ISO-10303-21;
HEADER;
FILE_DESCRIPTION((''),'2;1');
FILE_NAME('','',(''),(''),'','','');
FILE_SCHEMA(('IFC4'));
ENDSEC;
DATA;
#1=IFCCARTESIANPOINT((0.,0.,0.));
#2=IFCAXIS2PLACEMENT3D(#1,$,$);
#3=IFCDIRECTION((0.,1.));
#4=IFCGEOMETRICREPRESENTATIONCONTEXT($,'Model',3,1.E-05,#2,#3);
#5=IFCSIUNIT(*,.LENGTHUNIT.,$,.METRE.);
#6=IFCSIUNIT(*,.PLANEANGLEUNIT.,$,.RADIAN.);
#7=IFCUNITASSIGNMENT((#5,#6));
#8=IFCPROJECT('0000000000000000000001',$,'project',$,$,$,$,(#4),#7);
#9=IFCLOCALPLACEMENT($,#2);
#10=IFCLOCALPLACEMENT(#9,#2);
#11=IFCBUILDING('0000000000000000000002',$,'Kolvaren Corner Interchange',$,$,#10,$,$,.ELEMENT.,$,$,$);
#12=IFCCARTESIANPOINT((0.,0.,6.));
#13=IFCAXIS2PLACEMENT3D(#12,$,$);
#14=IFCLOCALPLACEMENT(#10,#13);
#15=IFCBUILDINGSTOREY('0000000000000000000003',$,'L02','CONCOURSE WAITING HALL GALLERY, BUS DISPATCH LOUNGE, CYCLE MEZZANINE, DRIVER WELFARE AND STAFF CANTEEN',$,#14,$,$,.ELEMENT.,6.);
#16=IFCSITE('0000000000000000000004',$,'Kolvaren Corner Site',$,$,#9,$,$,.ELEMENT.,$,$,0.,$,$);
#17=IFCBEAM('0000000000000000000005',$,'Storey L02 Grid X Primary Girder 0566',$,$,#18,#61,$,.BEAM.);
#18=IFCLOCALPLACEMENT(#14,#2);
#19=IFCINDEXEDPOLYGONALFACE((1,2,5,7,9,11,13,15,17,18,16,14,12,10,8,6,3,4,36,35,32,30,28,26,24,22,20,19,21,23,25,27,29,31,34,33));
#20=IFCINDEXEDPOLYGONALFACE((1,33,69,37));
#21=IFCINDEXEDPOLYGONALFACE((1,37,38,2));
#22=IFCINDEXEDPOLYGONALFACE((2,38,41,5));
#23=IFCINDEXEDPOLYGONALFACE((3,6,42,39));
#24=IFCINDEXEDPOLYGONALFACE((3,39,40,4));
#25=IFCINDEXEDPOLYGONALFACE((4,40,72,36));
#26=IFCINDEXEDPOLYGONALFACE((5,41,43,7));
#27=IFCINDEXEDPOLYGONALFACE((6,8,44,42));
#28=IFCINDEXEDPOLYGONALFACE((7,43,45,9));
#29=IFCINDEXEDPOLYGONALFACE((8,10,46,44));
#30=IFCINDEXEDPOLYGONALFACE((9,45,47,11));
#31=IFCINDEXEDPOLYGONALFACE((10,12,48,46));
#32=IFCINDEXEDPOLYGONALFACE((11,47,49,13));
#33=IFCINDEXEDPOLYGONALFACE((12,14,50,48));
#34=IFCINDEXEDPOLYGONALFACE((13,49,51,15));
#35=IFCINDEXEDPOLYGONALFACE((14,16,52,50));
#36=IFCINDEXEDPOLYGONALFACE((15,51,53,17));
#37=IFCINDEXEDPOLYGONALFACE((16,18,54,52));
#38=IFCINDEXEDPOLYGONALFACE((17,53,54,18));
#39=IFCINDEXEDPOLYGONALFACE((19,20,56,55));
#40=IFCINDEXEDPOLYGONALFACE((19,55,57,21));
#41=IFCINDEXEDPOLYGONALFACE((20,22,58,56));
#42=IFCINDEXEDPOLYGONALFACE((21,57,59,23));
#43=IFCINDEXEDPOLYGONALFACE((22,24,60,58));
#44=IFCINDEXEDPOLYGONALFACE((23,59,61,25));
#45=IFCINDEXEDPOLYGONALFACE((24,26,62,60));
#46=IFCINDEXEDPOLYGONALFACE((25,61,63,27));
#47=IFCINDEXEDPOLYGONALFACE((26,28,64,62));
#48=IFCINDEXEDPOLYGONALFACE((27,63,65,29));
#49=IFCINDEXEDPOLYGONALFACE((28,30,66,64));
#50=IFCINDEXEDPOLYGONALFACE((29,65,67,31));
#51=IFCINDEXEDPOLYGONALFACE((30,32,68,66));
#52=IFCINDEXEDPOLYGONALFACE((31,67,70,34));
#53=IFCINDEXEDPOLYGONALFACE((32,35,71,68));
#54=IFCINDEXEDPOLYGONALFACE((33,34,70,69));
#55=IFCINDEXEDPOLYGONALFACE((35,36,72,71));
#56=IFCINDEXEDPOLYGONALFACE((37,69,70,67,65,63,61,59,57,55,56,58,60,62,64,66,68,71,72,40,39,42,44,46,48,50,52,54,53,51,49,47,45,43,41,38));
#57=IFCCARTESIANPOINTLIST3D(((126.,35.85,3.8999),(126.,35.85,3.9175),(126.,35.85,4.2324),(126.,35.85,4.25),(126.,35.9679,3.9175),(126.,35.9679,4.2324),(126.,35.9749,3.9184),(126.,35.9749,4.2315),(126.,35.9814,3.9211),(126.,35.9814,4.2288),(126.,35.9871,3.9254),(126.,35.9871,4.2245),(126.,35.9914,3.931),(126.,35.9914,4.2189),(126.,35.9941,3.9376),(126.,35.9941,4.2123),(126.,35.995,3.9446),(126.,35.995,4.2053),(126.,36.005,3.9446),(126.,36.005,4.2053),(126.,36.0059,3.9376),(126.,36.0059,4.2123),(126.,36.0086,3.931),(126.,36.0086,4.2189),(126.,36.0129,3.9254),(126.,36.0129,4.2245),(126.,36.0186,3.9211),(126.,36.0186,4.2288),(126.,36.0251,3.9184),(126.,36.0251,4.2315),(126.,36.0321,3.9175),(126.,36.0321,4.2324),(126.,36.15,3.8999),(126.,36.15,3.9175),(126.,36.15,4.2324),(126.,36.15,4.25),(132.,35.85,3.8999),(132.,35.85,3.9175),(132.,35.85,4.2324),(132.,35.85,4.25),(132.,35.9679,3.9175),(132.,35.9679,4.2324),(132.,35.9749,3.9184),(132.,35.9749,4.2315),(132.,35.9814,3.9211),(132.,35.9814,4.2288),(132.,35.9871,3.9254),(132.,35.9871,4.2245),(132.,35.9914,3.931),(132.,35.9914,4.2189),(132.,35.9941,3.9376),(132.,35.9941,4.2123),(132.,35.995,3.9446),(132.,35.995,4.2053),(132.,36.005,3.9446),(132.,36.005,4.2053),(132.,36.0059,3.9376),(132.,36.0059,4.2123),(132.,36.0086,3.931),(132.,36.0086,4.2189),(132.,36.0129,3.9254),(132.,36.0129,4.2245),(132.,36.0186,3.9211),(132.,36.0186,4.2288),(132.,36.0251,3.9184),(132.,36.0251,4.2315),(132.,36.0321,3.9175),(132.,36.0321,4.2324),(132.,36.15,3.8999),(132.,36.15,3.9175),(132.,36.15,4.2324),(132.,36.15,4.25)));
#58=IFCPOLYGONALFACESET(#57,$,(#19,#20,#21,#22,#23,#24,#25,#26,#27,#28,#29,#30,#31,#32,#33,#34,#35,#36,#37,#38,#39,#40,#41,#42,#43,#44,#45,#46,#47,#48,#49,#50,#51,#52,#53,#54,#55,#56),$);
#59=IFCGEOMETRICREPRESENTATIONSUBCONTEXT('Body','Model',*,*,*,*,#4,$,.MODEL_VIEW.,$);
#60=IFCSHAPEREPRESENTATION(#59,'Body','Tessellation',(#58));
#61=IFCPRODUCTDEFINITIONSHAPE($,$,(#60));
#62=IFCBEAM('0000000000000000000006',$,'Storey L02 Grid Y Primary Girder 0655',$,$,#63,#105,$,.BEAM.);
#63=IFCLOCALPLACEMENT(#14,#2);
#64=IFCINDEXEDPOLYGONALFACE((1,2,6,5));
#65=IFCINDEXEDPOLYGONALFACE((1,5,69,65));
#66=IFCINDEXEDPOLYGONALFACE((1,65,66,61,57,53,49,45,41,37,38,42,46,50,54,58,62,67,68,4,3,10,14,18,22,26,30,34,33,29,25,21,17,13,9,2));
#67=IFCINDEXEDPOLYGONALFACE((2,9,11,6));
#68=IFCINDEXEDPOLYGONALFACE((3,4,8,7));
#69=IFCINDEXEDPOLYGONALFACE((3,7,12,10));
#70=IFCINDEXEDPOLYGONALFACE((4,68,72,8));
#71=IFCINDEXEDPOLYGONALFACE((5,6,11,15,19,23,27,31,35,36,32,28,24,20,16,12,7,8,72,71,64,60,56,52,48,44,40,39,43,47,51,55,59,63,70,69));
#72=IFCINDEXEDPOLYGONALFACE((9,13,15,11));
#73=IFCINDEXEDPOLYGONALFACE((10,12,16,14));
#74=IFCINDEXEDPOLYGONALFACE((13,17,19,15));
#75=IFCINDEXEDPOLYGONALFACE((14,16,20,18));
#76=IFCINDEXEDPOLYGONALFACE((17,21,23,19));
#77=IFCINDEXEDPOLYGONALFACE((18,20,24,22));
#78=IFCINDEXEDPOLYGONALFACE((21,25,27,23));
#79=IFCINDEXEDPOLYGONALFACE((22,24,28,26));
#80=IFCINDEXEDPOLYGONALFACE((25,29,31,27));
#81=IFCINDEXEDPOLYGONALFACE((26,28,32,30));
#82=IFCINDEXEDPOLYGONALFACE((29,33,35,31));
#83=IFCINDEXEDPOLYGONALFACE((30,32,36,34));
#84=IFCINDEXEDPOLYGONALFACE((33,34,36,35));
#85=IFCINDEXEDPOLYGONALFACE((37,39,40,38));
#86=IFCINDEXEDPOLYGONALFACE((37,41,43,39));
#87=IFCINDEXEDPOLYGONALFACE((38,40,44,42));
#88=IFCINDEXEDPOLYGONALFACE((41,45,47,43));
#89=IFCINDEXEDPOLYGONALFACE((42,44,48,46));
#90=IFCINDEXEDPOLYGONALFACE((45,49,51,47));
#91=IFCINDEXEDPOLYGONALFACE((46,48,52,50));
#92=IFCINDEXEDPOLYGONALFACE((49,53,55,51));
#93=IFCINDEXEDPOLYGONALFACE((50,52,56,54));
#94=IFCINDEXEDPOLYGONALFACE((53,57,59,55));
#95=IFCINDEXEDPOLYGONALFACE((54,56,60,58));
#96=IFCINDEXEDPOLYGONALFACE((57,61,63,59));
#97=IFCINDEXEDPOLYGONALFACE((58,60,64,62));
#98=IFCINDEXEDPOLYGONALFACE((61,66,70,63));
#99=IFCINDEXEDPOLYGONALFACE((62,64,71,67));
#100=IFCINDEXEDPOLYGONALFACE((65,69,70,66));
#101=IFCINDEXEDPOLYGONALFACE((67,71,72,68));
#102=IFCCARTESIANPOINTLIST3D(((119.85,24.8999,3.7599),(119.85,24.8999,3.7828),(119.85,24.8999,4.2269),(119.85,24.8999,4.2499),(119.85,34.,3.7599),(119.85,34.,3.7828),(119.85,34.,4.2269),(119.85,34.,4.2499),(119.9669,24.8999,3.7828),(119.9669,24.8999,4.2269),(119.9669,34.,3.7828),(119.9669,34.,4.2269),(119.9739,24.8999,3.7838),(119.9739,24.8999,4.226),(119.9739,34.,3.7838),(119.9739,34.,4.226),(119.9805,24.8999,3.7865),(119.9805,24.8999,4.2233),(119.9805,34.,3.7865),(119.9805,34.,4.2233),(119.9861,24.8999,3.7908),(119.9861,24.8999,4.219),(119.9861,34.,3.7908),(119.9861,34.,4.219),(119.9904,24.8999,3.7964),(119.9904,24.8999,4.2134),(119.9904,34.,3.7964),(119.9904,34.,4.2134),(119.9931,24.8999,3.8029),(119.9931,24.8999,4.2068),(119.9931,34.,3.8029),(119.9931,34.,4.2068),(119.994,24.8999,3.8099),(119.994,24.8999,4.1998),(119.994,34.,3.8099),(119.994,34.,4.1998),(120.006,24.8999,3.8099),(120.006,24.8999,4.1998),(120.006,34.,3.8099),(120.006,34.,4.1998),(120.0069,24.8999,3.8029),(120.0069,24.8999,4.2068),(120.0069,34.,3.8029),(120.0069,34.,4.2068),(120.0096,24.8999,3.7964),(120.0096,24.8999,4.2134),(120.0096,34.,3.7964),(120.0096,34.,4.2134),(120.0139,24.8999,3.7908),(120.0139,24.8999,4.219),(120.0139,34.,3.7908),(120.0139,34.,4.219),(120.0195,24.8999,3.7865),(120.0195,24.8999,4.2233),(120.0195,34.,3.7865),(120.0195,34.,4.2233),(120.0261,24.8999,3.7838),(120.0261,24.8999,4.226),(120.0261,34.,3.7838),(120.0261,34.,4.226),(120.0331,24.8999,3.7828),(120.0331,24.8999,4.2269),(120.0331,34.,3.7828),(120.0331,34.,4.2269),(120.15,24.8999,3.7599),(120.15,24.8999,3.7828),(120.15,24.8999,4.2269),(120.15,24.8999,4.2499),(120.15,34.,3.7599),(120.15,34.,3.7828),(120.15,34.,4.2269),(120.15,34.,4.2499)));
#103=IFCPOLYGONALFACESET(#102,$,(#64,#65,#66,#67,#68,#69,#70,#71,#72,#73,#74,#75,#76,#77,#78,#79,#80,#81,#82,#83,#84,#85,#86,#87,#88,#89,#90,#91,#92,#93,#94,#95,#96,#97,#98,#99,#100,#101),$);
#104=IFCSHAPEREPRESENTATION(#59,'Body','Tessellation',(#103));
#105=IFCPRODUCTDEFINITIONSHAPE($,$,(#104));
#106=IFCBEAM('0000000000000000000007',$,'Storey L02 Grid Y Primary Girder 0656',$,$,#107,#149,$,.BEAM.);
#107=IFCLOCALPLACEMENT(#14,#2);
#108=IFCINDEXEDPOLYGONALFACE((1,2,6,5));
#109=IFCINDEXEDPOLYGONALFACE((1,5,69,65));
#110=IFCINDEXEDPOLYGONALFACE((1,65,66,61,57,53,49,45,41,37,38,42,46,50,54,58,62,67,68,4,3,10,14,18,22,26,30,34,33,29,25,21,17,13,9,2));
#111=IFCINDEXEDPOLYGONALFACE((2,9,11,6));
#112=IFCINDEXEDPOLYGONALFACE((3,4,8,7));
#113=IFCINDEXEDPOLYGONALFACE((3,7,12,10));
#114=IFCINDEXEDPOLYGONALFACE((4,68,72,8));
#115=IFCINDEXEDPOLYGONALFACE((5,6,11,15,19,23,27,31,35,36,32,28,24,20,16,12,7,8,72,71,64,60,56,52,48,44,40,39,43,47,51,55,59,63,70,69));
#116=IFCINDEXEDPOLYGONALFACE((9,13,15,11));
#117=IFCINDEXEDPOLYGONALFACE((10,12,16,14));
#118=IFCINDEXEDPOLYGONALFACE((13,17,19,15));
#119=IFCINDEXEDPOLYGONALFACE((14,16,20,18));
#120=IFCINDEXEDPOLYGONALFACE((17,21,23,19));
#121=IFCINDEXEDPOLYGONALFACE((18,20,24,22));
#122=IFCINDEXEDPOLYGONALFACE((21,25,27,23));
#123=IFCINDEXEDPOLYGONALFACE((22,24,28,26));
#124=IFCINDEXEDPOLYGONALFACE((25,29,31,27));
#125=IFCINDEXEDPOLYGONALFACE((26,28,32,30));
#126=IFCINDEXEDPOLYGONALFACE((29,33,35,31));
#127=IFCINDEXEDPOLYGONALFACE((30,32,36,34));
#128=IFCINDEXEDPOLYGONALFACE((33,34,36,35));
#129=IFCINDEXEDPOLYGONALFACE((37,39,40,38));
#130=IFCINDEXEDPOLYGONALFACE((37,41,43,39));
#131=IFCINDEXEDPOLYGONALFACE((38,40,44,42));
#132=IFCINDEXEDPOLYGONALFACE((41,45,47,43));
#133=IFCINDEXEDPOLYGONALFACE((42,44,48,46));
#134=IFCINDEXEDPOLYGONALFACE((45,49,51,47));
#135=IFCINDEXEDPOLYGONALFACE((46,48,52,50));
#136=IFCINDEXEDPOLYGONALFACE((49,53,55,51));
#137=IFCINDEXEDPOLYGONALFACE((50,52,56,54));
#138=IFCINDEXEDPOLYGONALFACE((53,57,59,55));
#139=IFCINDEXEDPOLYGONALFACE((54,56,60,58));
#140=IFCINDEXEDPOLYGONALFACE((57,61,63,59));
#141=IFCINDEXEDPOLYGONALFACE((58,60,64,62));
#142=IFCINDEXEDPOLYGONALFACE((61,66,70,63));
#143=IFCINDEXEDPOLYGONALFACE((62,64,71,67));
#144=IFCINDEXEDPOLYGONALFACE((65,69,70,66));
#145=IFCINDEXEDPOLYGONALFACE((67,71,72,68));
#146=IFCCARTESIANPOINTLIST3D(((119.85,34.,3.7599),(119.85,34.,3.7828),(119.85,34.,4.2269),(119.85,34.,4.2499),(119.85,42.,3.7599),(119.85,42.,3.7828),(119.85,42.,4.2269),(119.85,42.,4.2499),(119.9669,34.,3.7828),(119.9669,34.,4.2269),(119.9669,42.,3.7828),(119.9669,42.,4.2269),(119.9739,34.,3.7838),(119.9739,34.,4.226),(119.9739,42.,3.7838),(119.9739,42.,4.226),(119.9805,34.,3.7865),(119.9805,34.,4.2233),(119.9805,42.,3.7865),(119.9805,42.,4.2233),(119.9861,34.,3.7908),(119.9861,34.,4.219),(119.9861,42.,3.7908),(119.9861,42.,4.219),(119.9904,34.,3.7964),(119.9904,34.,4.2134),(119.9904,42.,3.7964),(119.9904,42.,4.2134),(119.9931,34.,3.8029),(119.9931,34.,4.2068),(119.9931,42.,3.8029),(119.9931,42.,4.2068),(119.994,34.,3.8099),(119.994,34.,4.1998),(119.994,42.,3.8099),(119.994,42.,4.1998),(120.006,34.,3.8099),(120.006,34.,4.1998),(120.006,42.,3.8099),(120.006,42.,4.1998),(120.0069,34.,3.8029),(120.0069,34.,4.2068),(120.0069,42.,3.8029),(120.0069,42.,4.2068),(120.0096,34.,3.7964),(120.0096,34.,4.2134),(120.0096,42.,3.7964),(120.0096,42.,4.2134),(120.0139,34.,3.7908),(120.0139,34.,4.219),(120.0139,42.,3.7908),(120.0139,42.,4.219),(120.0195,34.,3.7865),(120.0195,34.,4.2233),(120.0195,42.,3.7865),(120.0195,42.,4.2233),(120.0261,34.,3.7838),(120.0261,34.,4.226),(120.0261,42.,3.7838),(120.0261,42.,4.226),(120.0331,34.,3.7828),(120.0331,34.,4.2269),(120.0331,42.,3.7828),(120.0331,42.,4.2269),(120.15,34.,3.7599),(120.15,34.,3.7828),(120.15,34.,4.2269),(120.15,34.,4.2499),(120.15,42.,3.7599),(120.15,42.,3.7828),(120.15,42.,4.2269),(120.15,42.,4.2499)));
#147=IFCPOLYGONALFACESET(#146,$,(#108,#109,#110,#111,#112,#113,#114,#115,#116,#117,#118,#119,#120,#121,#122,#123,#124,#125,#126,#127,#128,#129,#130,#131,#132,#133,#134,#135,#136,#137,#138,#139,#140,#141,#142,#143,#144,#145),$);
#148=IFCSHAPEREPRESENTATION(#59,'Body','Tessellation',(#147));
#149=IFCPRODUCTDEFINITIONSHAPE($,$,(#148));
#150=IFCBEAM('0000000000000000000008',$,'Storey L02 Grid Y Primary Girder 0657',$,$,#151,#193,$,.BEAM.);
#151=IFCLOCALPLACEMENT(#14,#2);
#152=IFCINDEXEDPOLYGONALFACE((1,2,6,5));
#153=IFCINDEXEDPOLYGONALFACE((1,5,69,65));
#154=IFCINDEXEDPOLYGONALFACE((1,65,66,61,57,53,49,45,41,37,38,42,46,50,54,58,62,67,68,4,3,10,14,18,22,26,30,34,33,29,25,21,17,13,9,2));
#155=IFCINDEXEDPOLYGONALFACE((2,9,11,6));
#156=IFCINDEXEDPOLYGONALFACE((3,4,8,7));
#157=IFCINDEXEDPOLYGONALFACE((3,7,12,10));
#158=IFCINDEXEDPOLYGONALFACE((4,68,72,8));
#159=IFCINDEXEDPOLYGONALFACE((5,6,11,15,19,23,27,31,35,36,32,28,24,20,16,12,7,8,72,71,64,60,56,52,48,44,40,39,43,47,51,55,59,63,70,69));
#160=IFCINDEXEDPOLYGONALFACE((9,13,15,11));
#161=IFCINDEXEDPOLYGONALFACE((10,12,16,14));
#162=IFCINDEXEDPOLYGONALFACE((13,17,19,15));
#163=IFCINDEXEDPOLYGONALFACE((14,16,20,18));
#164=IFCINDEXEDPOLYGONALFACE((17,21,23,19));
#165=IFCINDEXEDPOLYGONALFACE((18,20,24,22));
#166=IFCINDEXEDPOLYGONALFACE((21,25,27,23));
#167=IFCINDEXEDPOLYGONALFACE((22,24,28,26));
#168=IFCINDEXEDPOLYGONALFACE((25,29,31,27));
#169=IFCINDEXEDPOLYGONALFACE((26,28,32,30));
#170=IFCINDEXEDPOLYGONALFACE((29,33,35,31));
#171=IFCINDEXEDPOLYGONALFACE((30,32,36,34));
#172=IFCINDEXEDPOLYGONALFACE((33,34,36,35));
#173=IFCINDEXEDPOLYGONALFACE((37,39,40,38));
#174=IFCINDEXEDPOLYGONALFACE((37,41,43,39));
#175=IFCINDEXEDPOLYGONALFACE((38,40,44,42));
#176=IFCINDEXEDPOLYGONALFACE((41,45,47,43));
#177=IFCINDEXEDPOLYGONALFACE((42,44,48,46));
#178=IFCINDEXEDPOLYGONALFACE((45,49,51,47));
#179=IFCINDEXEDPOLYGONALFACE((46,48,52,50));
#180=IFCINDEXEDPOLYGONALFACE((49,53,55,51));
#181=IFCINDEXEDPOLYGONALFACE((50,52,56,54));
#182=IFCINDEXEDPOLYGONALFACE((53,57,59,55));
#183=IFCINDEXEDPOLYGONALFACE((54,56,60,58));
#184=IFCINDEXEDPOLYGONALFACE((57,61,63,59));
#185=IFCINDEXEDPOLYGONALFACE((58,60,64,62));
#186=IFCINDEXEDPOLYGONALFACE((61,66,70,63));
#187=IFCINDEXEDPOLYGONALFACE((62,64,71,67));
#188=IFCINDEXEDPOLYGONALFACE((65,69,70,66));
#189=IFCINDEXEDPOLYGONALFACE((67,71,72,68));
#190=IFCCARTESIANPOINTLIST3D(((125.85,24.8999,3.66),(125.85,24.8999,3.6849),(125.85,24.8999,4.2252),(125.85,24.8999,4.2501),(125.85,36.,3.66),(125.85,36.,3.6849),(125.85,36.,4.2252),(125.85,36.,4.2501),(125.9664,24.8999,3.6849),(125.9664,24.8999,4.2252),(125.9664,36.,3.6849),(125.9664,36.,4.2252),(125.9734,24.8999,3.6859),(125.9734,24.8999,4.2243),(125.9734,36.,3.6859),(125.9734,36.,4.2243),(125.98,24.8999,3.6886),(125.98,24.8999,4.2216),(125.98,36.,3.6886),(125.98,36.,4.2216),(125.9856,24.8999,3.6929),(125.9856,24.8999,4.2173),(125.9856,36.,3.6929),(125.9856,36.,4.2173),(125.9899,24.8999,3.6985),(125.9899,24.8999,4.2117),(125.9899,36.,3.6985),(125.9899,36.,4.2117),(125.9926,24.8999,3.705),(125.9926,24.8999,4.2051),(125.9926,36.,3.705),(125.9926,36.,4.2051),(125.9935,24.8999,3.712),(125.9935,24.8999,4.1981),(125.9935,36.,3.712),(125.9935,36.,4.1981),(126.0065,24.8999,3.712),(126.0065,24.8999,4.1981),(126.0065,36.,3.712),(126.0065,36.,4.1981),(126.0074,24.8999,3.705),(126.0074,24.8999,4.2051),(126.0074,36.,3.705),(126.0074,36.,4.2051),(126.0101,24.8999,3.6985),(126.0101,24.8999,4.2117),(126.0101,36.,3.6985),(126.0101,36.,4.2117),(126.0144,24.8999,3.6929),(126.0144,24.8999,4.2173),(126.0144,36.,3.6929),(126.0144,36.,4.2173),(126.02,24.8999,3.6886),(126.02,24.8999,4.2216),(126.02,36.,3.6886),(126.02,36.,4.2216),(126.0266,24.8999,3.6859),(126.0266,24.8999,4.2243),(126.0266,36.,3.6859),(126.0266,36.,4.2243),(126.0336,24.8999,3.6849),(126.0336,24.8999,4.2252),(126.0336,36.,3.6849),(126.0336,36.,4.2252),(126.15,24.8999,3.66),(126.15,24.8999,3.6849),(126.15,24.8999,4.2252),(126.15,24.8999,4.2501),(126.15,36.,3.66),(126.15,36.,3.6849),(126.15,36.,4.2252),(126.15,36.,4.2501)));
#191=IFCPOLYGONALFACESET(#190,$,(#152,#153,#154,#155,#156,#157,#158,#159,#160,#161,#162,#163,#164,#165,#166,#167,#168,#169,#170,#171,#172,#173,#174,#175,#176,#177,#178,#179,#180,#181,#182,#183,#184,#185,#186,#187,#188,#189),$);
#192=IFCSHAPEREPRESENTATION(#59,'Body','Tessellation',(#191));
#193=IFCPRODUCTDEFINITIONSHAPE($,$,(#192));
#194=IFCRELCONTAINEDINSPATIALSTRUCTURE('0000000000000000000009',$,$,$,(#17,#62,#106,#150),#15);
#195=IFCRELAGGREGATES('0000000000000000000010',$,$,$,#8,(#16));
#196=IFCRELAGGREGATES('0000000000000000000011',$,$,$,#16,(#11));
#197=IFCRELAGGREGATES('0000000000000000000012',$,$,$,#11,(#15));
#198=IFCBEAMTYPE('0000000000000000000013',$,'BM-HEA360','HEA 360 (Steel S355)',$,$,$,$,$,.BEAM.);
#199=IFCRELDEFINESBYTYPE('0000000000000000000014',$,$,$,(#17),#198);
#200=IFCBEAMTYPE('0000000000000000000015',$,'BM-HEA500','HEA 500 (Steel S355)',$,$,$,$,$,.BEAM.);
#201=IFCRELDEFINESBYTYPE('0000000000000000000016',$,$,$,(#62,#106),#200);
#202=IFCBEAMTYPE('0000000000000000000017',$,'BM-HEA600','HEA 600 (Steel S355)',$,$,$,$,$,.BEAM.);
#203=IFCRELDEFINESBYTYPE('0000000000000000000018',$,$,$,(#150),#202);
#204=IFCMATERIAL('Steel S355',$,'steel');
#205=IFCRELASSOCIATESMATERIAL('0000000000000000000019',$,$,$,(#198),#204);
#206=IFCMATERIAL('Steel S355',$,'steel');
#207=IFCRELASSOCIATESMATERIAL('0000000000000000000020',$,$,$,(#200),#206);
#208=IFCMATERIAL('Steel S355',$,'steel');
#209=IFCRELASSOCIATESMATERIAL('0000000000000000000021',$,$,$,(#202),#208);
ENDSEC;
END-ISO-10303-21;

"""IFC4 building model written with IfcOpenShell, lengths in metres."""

from ifc_helpers import new_model, si_unit, direction, frame, origin, origin_2d, place, context, subcontext, project, spatial, i_section, extrude, material, material_profile, profile_set, type_object, element, save


model = new_model("IFC4")

# Units and contexts
model_context = context("Model", 3, precision=1e-05, world=origin(), true_north=direction((0.0, 1.0)))
body_context = subcontext(model_context, "Body", "Model", "MODEL_VIEW")
ifc_project = project(units=[si_unit("LENGTHUNIT", "METRE"), si_unit("PLANEANGLEUNIT", "RADIAN")], contexts=[model_context])

# Site, building, storey
site_placement = place(None, origin())
site = spatial("IfcSite", under=ifc_project, at=site_placement, Name="Kolvaren Corner Site", CompositionType="ELEMENT", RefElevation=0.0)
building_placement = place(site_placement, origin())
building = spatial("IfcBuilding", under=site, at=building_placement, Name="Kolvaren Corner Interchange", CompositionType="ELEMENT")
storey_placement = place(building_placement, frame((0.0, 0.0, 6.0)))
storey = spatial("IfcBuildingStorey", under=building, at=storey_placement, Name="L02", Description="CONCOURSE WAITING HALL GALLERY, BUS DISPATCH LOUNGE, CYCLE MEZZANINE, DRIVER WELFARE AND STAFF CANTEEN", CompositionType="ELEMENT", Elevation=6.0)

# Beams
ifc_material_1 = material(Name="Steel S355", Category="steel")
ifc_material_profile_1 = material_profile(ifc_material_1, i_section(OverallWidth=0.3, OverallDepth=0.3501, WebThickness=0.01, FlangeThickness=0.0176, FilletRadius=0.0271, at=origin_2d()), Name="HEA 360")
ifc_profile_set_1 = profile_set([ifc_material_profile_1], Name="Steel S355")
beam_type_1 = type_object("IfcBeamType", Name="BM-HEA360", Description="HEA 360 (Steel S355)", PredefinedType="BEAM", material=ifc_profile_set_1)
for number, where, z_axis, x_axis, name in (
    (1, (126.0, 36.0, 4.075), (1.0, 0.0, 0.0), (0.0, 1.0, 0.0), "Storey L02 Grid X Primary Girder 0566"),
):
    element("IfcBeam", number, at=place(storey_placement, frame(where, z_axis=z_axis, x_axis=x_axis)), inside=storey, type_object=beam_type_1, Name=name, PredefinedType="BEAM", context=body_context, shape_type="SweptSolid", body=[
        extrude(i_section(OverallWidth=0.3, OverallDepth=0.3501, WebThickness=0.01, FlangeThickness=0.0176, FilletRadius=0.0271, at=origin_2d()), origin(), (0.0, 0.0, 1.0), 6.0),
    ])
ifc_material_2 = material(Name="Steel S355", Category="steel")
ifc_material_profile_2 = material_profile(ifc_material_2, i_section(OverallWidth=0.3, OverallDepth=0.49, WebThickness=0.012, FlangeThickness=0.0229, FilletRadius=0.0271, at=origin_2d()), Name="HEA 500")
ifc_profile_set_2 = profile_set([ifc_material_profile_2], Name="Steel S355")
beam_type_2 = type_object("IfcBeamType", Name="BM-HEA500", Description="HEA 500 (Steel S355)", PredefinedType="BEAM", material=ifc_profile_set_2)
beam_1_placement = place(storey_placement, frame((120.0, 24.8999, 4.0049), z_axis=(0.0, 1.0, 0.0), x_axis=(-1.0, 0.0, 0.0)))
element("IfcBeam", 2, at=beam_1_placement, inside=storey, type_object=beam_type_2, Name="Storey L02 Grid Y Primary Girder 0655", PredefinedType="BEAM", context=body_context, shape_type="SweptSolid", body=[
    extrude(i_section(OverallWidth=0.3, OverallDepth=0.49, WebThickness=0.012, FlangeThickness=0.0229, FilletRadius=0.0271, at=origin_2d()), origin(), (0.0, 0.0, 1.0), 9.1001),
])
beam_2_placement = place(storey_placement, frame((120.0, 34.0, 4.0049), z_axis=(0.0, 1.0, 0.0), x_axis=(-1.0, 0.0, 0.0)))
element("IfcBeam", 3, at=beam_2_placement, inside=storey, type_object=beam_type_2, Name="Storey L02 Grid Y Primary Girder 0656", PredefinedType="BEAM", context=body_context, shape_type="SweptSolid", body=[
    extrude(i_section(OverallWidth=0.3, OverallDepth=0.49, WebThickness=0.012, FlangeThickness=0.0229, FilletRadius=0.0271, at=origin_2d()), origin(), (0.0, 0.0, 1.0), 8.0),
])
ifc_material_3 = material(Name="Steel S355", Category="steel")
ifc_material_profile_3 = material_profile(ifc_material_3, i_section(OverallWidth=0.3, OverallDepth=0.5901, WebThickness=0.0129, FlangeThickness=0.0249, FilletRadius=0.0271, at=origin_2d()), Name="HEA 600")
ifc_profile_set_3 = profile_set([ifc_material_profile_3], Name="Steel S355")
beam_type_3 = type_object("IfcBeamType", Name="BM-HEA600", Description="HEA 600 (Steel S355)", PredefinedType="BEAM", material=ifc_profile_set_3)
beam_3_placement = place(storey_placement, frame((126.0, 24.8999, 3.9551), z_axis=(0.0, 1.0, 0.0), x_axis=(-1.0, 0.0, 0.0)))
element("IfcBeam", 4, at=beam_3_placement, inside=storey, type_object=beam_type_3, Name="Storey L02 Grid Y Primary Girder 0657", PredefinedType="BEAM", context=body_context, shape_type="SweptSolid", body=[
    extrude(i_section(OverallWidth=0.3, OverallDepth=0.5901, WebThickness=0.0129, FlangeThickness=0.0249, FilletRadius=0.0271, at=origin_2d()), origin(), (0.0, 0.0, 1.0), 11.1001),
])

save(model, "model.ifc")
